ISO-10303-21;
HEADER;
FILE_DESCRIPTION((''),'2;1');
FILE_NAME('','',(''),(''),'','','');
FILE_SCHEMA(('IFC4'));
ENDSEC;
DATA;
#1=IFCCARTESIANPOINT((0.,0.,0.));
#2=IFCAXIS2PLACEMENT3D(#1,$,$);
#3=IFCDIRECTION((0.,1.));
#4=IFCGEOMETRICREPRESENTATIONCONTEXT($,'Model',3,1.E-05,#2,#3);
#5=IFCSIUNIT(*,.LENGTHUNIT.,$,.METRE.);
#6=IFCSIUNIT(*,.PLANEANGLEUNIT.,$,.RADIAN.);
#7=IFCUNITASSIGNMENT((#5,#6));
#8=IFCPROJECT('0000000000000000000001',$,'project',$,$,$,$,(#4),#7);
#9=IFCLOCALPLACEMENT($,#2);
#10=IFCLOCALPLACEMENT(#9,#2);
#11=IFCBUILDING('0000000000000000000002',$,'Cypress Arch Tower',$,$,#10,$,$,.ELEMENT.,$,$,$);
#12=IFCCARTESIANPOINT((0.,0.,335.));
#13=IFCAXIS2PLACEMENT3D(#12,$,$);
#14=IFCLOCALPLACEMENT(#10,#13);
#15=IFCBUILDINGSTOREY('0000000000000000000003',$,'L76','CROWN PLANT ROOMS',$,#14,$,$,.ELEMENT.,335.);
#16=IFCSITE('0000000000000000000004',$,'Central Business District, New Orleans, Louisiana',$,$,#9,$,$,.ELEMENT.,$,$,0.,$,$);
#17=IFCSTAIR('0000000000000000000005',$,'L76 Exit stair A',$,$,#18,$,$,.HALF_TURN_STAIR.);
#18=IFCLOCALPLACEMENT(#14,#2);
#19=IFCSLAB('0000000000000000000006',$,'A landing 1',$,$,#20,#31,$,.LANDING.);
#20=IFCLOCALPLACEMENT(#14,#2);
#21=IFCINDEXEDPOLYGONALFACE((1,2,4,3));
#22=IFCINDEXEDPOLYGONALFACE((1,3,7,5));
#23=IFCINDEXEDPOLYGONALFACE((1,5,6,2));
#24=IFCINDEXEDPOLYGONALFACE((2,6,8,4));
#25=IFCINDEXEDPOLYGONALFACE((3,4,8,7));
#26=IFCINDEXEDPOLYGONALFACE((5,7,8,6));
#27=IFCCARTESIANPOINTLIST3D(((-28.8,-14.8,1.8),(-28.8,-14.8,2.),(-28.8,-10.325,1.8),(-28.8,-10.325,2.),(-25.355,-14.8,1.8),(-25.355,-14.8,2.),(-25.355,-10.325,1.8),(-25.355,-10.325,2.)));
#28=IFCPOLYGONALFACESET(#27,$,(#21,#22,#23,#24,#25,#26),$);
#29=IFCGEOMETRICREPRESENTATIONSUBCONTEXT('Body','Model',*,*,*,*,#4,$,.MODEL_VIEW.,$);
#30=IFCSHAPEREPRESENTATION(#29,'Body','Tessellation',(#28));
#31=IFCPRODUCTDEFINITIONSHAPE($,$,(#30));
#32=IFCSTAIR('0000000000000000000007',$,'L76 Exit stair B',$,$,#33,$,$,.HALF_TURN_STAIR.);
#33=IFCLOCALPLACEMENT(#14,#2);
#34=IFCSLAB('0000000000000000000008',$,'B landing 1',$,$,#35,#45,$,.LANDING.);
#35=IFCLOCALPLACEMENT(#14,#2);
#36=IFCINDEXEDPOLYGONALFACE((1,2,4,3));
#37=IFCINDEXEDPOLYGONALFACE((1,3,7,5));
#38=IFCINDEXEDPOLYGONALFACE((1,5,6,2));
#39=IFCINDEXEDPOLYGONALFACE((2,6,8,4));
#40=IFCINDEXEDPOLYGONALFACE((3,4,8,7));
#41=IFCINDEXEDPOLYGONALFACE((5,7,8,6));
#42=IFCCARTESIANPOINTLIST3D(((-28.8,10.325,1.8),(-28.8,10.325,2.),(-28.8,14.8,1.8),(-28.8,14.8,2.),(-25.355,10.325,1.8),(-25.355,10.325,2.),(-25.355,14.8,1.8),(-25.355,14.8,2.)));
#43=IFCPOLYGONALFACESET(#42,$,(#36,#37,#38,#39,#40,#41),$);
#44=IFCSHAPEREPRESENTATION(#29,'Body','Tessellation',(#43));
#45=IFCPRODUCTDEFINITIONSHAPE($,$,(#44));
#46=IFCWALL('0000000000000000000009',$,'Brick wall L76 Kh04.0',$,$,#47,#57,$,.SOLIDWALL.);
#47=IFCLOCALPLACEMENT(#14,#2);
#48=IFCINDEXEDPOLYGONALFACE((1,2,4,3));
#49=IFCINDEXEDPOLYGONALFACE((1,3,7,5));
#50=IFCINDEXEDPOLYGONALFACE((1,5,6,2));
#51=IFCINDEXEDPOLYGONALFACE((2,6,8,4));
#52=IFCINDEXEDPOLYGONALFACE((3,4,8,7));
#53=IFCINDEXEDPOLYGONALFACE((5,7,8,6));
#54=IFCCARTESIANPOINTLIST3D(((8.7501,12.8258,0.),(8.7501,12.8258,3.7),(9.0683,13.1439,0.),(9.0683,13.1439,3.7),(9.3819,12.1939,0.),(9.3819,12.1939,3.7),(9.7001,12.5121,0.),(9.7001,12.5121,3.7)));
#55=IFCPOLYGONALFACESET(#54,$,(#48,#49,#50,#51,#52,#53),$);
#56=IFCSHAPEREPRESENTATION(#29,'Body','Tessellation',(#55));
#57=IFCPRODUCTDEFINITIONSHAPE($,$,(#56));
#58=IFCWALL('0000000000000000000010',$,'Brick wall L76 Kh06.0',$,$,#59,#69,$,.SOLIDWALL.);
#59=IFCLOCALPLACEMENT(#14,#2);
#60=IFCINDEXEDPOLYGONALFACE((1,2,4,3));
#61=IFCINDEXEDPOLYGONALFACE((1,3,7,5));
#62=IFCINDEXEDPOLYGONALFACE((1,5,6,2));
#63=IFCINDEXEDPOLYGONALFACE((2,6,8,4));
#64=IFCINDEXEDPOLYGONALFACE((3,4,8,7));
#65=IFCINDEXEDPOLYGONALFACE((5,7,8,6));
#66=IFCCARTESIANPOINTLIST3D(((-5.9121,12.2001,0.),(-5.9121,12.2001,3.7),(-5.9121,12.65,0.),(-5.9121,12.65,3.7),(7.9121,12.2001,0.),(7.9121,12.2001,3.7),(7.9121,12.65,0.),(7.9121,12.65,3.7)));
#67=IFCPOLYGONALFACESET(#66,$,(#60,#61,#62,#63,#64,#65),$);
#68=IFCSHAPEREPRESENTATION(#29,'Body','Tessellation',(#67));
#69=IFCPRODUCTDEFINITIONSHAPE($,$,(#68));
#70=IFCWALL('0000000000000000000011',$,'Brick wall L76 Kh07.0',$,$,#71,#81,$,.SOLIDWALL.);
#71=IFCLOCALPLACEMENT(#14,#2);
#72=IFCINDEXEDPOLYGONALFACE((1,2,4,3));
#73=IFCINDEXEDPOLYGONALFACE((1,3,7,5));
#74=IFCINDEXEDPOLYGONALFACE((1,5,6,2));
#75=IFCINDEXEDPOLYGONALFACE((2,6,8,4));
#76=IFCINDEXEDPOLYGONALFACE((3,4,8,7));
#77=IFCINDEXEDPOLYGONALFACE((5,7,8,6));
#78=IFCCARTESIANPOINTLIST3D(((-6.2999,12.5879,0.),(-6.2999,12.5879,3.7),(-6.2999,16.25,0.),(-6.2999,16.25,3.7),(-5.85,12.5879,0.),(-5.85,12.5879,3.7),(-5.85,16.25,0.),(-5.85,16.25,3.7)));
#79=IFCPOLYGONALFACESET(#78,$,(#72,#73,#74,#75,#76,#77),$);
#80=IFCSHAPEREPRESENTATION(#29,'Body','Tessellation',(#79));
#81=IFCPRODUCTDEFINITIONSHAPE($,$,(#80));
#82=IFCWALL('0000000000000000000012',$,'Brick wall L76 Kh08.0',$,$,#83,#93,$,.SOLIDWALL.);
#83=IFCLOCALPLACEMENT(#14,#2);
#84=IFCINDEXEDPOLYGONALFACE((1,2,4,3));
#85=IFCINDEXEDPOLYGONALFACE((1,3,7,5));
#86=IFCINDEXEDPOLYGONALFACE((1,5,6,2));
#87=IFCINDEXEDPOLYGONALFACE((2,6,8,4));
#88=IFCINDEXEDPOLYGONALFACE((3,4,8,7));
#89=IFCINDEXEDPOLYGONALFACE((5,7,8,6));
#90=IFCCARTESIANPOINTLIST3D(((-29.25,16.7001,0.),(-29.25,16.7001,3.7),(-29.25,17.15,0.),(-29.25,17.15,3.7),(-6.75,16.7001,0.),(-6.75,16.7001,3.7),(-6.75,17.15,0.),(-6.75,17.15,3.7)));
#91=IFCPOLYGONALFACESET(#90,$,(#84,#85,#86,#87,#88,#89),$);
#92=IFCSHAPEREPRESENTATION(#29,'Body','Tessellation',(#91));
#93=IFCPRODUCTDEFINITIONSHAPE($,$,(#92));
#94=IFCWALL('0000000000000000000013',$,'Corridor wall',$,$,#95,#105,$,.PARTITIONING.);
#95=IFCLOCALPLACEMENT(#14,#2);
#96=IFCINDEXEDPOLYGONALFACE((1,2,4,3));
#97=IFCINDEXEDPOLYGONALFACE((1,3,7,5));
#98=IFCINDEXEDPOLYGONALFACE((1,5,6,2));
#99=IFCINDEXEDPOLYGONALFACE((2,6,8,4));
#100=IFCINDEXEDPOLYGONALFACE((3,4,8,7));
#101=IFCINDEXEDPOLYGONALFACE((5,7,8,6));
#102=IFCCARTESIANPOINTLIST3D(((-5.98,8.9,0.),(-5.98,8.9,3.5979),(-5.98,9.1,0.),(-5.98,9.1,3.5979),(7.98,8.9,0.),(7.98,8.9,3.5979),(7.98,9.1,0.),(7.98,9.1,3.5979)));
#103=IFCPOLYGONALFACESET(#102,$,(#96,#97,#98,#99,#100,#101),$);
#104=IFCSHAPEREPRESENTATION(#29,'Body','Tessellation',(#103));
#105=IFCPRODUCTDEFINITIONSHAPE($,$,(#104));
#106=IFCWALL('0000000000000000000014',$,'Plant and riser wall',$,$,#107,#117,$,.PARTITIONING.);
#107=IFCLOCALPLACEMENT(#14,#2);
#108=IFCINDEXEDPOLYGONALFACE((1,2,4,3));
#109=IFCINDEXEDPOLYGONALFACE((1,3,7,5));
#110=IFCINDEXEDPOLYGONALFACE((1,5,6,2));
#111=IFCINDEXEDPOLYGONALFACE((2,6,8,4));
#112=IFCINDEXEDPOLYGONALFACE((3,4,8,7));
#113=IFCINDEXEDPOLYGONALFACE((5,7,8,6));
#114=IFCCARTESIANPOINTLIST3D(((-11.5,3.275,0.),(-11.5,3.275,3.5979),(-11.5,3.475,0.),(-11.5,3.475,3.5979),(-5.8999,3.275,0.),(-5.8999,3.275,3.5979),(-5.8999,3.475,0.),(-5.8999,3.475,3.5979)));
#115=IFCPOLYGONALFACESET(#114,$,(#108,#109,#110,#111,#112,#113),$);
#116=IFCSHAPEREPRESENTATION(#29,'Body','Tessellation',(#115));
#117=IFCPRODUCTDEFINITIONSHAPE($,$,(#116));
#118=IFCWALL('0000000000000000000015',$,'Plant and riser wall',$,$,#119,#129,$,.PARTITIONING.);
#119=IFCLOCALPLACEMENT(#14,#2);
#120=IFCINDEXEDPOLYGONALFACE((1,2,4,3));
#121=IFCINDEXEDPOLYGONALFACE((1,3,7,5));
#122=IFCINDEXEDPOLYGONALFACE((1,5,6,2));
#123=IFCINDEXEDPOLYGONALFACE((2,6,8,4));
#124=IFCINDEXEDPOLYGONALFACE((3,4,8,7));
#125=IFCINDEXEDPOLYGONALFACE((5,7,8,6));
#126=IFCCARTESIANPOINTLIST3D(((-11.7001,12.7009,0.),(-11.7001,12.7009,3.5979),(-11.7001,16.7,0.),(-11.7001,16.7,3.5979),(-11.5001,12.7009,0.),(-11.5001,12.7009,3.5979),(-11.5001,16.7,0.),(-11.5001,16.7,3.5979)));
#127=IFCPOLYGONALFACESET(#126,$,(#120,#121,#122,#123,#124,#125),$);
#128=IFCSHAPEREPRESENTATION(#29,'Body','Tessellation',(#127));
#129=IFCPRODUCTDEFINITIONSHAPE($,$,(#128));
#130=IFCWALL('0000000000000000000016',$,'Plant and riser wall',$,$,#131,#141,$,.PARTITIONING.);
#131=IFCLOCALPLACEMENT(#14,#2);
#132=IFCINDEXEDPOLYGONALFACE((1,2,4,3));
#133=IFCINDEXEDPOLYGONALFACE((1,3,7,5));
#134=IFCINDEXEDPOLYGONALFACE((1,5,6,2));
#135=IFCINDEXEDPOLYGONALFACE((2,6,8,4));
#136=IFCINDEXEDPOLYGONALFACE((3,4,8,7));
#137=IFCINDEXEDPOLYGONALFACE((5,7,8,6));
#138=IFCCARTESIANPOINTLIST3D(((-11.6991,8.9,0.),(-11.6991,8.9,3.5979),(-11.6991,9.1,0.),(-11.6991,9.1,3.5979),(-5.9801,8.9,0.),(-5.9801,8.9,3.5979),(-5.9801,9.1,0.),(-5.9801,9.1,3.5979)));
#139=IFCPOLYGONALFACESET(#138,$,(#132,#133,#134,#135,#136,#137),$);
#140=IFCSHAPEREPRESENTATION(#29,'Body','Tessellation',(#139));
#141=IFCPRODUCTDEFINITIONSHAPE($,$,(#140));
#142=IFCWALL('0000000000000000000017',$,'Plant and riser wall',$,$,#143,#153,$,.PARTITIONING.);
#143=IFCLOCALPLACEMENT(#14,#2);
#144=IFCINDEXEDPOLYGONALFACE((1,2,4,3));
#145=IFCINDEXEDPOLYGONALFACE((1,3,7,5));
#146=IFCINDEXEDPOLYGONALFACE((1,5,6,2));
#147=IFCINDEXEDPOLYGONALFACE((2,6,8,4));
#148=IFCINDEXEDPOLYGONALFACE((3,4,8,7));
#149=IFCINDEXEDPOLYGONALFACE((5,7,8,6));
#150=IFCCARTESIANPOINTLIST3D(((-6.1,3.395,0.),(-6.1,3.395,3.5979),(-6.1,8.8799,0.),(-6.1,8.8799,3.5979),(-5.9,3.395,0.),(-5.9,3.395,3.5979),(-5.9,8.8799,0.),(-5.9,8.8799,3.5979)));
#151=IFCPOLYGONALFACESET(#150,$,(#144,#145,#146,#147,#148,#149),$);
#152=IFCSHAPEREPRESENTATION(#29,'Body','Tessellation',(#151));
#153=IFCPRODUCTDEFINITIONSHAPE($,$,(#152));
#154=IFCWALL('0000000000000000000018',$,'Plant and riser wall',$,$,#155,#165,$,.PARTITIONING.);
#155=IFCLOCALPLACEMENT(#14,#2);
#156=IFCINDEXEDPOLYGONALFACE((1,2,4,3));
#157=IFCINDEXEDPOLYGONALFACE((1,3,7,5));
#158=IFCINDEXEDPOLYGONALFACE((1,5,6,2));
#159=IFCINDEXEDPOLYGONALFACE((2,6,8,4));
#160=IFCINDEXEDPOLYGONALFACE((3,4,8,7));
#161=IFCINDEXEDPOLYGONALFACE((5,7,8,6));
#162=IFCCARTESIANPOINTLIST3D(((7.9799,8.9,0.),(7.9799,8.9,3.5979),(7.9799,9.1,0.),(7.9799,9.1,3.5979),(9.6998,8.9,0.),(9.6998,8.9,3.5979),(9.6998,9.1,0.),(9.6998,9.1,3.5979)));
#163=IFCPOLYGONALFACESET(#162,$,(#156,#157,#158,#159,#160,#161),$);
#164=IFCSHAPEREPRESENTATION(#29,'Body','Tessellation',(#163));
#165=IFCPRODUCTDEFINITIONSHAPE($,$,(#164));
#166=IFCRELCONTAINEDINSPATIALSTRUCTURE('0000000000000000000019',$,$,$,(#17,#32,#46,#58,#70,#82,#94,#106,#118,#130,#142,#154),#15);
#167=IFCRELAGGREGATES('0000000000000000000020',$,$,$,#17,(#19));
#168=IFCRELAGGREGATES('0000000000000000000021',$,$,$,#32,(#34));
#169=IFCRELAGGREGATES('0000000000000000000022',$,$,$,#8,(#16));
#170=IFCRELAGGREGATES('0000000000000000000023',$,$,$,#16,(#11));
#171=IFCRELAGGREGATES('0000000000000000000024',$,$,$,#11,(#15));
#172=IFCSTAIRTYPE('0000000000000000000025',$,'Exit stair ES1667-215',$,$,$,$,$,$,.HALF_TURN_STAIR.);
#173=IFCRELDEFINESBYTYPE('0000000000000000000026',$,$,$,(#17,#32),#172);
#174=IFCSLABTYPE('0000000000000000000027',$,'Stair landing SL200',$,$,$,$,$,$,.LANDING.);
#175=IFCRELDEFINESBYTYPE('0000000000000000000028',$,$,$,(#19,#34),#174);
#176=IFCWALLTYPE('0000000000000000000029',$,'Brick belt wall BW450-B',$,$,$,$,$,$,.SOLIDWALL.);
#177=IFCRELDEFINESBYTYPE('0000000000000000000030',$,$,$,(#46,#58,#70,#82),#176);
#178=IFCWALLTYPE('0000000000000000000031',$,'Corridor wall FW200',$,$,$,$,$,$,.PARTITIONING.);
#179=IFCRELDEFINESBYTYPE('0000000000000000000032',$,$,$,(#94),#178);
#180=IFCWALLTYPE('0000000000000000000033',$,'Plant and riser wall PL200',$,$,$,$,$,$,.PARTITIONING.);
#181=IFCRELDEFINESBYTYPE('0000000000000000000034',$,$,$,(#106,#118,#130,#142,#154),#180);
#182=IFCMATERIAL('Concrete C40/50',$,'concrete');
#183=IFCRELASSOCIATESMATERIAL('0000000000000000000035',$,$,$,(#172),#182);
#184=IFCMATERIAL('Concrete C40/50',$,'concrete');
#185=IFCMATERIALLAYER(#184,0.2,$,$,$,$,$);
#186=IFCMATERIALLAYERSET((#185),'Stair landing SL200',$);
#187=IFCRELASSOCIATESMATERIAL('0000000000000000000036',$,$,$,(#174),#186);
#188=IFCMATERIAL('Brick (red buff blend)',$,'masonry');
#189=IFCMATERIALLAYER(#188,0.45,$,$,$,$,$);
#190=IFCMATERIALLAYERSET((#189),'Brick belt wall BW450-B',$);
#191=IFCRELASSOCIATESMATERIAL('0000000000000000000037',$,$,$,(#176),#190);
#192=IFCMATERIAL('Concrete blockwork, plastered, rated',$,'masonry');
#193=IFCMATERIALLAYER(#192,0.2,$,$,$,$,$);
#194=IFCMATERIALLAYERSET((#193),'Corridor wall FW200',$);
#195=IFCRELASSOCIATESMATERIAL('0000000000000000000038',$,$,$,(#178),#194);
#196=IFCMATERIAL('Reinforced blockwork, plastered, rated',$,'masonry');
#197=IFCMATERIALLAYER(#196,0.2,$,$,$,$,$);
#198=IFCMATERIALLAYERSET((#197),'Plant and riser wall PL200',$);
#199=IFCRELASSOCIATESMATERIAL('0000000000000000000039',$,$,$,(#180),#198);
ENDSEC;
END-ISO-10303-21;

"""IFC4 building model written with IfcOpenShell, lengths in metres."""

from ifc_helpers import new_model, si_unit, direction, frame, frame_2d, origin, place, context, subcontext, project, spatial, polyline, rectangle, outline, extrude, material, layer, layer_set, type_object, element, aggregate, save


model = new_model("IFC4")

# Units and contexts
model_context = context("Model", 3, precision=1e-05, world=origin(), true_north=direction((0.0, 1.0)))
body_context = subcontext(model_context, "Body", "Model", "MODEL_VIEW")
ifc_project = project(units=[si_unit("LENGTHUNIT", "METRE"), si_unit("PLANEANGLEUNIT", "RADIAN")], contexts=[model_context])

# Site, building, storey
site_placement = place(None, origin())
site = spatial("IfcSite", under=ifc_project, at=site_placement, Name="Central Business District, New Orleans, Louisiana", CompositionType="ELEMENT", RefElevation=0.0)
building_placement = place(site_placement, origin())
building = spatial("IfcBuilding", under=site, at=building_placement, Name="Cypress Arch Tower", CompositionType="ELEMENT")
storey_placement = place(building_placement, frame((0.0, 0.0, 335.0)))
storey = spatial("IfcBuildingStorey", under=building, at=storey_placement, Name="L76", Description="CROWN PLANT ROOMS", CompositionType="ELEMENT", Elevation=335.0)

# Stairs, slabs
ifc_material_1 = material(Name="Concrete C40/50", Category="concrete")
stair_type = type_object("IfcStairType", Name="Exit stair ES1667-215", PredefinedType="HALF_TURN_STAIR", material=ifc_material_1)
stair_1_placement = place(storey_placement, origin())
stair_1 = element("IfcStair", 1, at=stair_1_placement, inside=storey, type_object=stair_type, Name="L76 Exit stair A", PredefinedType="HALF_TURN_STAIR")
ifc_material_2 = material(Name="Concrete C40/50", Category="concrete")
ifc_layer_1 = layer(ifc_material_2, 0.2)
ifc_layer_set_1 = layer_set([ifc_layer_1], Name="Stair landing SL200")
slab_type_1 = type_object("IfcSlabType", Name="Stair landing SL200", PredefinedType="LANDING", material=ifc_layer_set_1)
slab_1_placement = place(storey_placement, frame((0.0, 0.0, 1.8)))
slab_1 = element("IfcSlab", 2, at=slab_1_placement, type_object=slab_type_1, Name="A landing 1", PredefinedType="LANDING", context=body_context, shape_type="SweptSolid", body=[
    extrude(outline(polyline([(-25.355, -10.325), (-28.8, -10.325), (-28.8, -14.8), (-25.355, -14.8), (-25.355, -10.325)])), origin(), (0.0, 0.0, 1.0), 0.2),
])
aggregate(stair_1, [slab_1])
stair_2_placement = place(storey_placement, origin())
stair_2 = element("IfcStair", 3, at=stair_2_placement, inside=storey, type_object=stair_type, Name="L76 Exit stair B", PredefinedType="HALF_TURN_STAIR")
slab_2_placement = place(storey_placement, frame((0.0, 0.0, 1.8)))
slab_2 = element("IfcSlab", 4, at=slab_2_placement, type_object=slab_type_1, Name="B landing 1", PredefinedType="LANDING", context=body_context, shape_type="SweptSolid", body=[
    extrude(outline(polyline([(-25.355, 14.8), (-28.8, 14.8), (-28.8, 10.325), (-25.355, 10.325), (-25.355, 14.8)])), origin(), (0.0, 0.0, 1.0), 0.2),
])
aggregate(stair_2, [slab_2])

# Walls
ifc_material_3 = material(Name="Brick (red buff blend)", Category="masonry")
ifc_layer_2 = layer(ifc_material_3, 0.45)
ifc_layer_set_2 = layer_set([ifc_layer_2], Name="Brick belt wall BW450-B")
wall_type_1 = type_object("IfcWallType", Name="Brick belt wall BW450-B", PredefinedType="SOLIDWALL", material=ifc_layer_set_2)
wall_1_placement = place(storey_placement, frame((9.541, 12.353, 0.0), z_axis=(0.0, 0.0, 1.0), x_axis=(-0.707107, 0.707107, 0.0)))
element("IfcWall", 5, at=wall_1_placement, inside=storey, type_object=wall_type_1, Name="Brick wall L76 Kh04.0", PredefinedType="SOLIDWALL", context=body_context, shape_type="SweptSolid", body=[
    extrude(rectangle(XDim=0.8936, YDim=0.45, at=frame_2d((0.4468, 0.0))), origin(), (0.0, 0.0, 1.0), 3.7),
])
wall_2_placement = place(storey_placement, frame((7.9121, 12.425, 0.0), z_axis=(0.0, 0.0, 1.0), x_axis=(-1.0, 0.0, 0.0)))
element("IfcWall", 6, at=wall_2_placement, inside=storey, type_object=wall_type_1, Name="Brick wall L76 Kh06.0", PredefinedType="SOLIDWALL", context=body_context, shape_type="SweptSolid", body=[
    extrude(rectangle(XDim=13.8242, YDim=0.45, at=frame_2d((6.9121, 0.0))), origin(), (0.0, 0.0, 1.0), 3.7),
])
wall_3_placement = place(storey_placement, frame((-6.075, 12.5879, 0.0), z_axis=(0.0, 0.0, 1.0), x_axis=(0.0, 1.0, 0.0)))
element("IfcWall", 7, at=wall_3_placement, inside=storey, type_object=wall_type_1, Name="Brick wall L76 Kh07.0", PredefinedType="SOLIDWALL", context=body_context, shape_type="SweptSolid", body=[
    extrude(rectangle(XDim=3.6621, YDim=0.45, at=frame_2d((1.8311, 0.0))), origin(), (0.0, 0.0, 1.0), 3.7),
])
wall_4_placement = place(storey_placement, frame((-6.75, 16.925, 0.0), z_axis=(0.0, 0.0, 1.0), x_axis=(-1.0, 0.0, 0.0)))
element("IfcWall", 8, at=wall_4_placement, inside=storey, type_object=wall_type_1, Name="Brick wall L76 Kh08.0", PredefinedType="SOLIDWALL", context=body_context, shape_type="SweptSolid", body=[
    extrude(rectangle(XDim=22.5, YDim=0.45, at=frame_2d((11.25, 0.0))), origin(), (0.0, 0.0, 1.0), 3.7),
])
ifc_material_4 = material(Name="Concrete blockwork, plastered, rated", Category="masonry")
ifc_layer_3 = layer(ifc_material_4, 0.2)
ifc_layer_set_3 = layer_set([ifc_layer_3], Name="Corridor wall FW200")
wall_type_2 = type_object("IfcWallType", Name="Corridor wall FW200", PredefinedType="PARTITIONING", material=ifc_layer_set_3)
wall_5_placement = place(storey_placement, frame((-5.98, 9.0, 0.0), z_axis=(0.0, 0.0, 1.0), x_axis=(1.0, 0.0, 0.0)))
element("IfcWall", 9, at=wall_5_placement, inside=storey, type_object=wall_type_2, Name="Corridor wall", PredefinedType="PARTITIONING", context=body_context, shape_type="SweptSolid", body=[
    extrude(rectangle(XDim=13.96, YDim=0.2, at=frame_2d((6.98, 0.0))), origin(), (0.0, 0.0, 1.0), 3.5979),
])
ifc_material_5 = material(Name="Reinforced blockwork, plastered, rated", Category="masonry")
ifc_layer_4 = layer(ifc_material_5, 0.2)
ifc_layer_set_4 = layer_set([ifc_layer_4], Name="Plant and riser wall PL200")
wall_type_3 = type_object("IfcWallType", Name="Plant and riser wall PL200", PredefinedType="PARTITIONING", material=ifc_layer_set_4)
wall_6_placement = place(storey_placement, frame((-11.5, 3.375, 0.0), z_axis=(0.0, 0.0, 1.0), x_axis=(1.0, 0.0, 0.0)))
element("IfcWall", 10, at=wall_6_placement, inside=storey, type_object=wall_type_3, Name="Plant and riser wall", PredefinedType="PARTITIONING", context=body_context, shape_type="SweptSolid", body=[
    extrude(rectangle(XDim=5.6001, YDim=0.2, at=frame_2d((2.8, 0.0))), origin(), (0.0, 0.0, 1.0), 3.5979),
])
wall_7_placement = place(storey_placement, frame((-11.6001, 12.7009, 0.0), z_axis=(0.0, 0.0, 1.0), x_axis=(0.0, 1.0, 0.0)))
element("IfcWall", 11, at=wall_7_placement, inside=storey, type_object=wall_type_3, Name="Plant and riser wall", PredefinedType="PARTITIONING", context=body_context, shape_type="SweptSolid", body=[
    extrude(rectangle(XDim=3.999, YDim=0.2, at=frame_2d((1.9995, 0.0))), origin(), (0.0, 0.0, 1.0), 3.5979),
])
wall_8_placement = place(storey_placement, frame((-11.699, 9.0, 0.0), z_axis=(0.0, 0.0, 1.0), x_axis=(1.0, 0.0, 0.0)))
element("IfcWall", 12, at=wall_8_placement, inside=storey, type_object=wall_type_3, Name="Plant and riser wall", PredefinedType="PARTITIONING", context=body_context, shape_type="SweptSolid", body=[
    extrude(rectangle(XDim=5.719, YDim=0.2, at=frame_2d((2.8594, 0.0))), origin(), (0.0, 0.0, 1.0), 3.5979),
])

# Walls
wall_9_placement = place(storey_placement, frame((-6.0, 3.395, 0.0), z_axis=(0.0, 0.0, 1.0), x_axis=(0.0, 1.0, 0.0)))
element("IfcWall", 13, at=wall_9_placement, inside=storey, type_object=wall_type_3, Name="Plant and riser wall", PredefinedType="PARTITIONING", context=body_context, shape_type="SweptSolid", body=[
    extrude(rectangle(XDim=5.4849, YDim=0.2, at=frame_2d((2.7424, 0.0))), origin(), (0.0, 0.0, 1.0), 3.5979),
])
wall_10_placement = place(storey_placement, frame((7.98, 9.0, 0.0), z_axis=(0.0, 0.0, 1.0), x_axis=(1.0, 0.0, 0.0)))
element("IfcWall", 14, at=wall_10_placement, inside=storey, type_object=wall_type_3, Name="Plant and riser wall", PredefinedType="PARTITIONING", context=body_context, shape_type="SweptSolid", body=[
    extrude(rectangle(XDim=1.72, YDim=0.2, at=frame_2d((0.8599, 0.0))), origin(), (0.0, 0.0, 1.0), 3.5979),
])

save(model, "model.ifc")
